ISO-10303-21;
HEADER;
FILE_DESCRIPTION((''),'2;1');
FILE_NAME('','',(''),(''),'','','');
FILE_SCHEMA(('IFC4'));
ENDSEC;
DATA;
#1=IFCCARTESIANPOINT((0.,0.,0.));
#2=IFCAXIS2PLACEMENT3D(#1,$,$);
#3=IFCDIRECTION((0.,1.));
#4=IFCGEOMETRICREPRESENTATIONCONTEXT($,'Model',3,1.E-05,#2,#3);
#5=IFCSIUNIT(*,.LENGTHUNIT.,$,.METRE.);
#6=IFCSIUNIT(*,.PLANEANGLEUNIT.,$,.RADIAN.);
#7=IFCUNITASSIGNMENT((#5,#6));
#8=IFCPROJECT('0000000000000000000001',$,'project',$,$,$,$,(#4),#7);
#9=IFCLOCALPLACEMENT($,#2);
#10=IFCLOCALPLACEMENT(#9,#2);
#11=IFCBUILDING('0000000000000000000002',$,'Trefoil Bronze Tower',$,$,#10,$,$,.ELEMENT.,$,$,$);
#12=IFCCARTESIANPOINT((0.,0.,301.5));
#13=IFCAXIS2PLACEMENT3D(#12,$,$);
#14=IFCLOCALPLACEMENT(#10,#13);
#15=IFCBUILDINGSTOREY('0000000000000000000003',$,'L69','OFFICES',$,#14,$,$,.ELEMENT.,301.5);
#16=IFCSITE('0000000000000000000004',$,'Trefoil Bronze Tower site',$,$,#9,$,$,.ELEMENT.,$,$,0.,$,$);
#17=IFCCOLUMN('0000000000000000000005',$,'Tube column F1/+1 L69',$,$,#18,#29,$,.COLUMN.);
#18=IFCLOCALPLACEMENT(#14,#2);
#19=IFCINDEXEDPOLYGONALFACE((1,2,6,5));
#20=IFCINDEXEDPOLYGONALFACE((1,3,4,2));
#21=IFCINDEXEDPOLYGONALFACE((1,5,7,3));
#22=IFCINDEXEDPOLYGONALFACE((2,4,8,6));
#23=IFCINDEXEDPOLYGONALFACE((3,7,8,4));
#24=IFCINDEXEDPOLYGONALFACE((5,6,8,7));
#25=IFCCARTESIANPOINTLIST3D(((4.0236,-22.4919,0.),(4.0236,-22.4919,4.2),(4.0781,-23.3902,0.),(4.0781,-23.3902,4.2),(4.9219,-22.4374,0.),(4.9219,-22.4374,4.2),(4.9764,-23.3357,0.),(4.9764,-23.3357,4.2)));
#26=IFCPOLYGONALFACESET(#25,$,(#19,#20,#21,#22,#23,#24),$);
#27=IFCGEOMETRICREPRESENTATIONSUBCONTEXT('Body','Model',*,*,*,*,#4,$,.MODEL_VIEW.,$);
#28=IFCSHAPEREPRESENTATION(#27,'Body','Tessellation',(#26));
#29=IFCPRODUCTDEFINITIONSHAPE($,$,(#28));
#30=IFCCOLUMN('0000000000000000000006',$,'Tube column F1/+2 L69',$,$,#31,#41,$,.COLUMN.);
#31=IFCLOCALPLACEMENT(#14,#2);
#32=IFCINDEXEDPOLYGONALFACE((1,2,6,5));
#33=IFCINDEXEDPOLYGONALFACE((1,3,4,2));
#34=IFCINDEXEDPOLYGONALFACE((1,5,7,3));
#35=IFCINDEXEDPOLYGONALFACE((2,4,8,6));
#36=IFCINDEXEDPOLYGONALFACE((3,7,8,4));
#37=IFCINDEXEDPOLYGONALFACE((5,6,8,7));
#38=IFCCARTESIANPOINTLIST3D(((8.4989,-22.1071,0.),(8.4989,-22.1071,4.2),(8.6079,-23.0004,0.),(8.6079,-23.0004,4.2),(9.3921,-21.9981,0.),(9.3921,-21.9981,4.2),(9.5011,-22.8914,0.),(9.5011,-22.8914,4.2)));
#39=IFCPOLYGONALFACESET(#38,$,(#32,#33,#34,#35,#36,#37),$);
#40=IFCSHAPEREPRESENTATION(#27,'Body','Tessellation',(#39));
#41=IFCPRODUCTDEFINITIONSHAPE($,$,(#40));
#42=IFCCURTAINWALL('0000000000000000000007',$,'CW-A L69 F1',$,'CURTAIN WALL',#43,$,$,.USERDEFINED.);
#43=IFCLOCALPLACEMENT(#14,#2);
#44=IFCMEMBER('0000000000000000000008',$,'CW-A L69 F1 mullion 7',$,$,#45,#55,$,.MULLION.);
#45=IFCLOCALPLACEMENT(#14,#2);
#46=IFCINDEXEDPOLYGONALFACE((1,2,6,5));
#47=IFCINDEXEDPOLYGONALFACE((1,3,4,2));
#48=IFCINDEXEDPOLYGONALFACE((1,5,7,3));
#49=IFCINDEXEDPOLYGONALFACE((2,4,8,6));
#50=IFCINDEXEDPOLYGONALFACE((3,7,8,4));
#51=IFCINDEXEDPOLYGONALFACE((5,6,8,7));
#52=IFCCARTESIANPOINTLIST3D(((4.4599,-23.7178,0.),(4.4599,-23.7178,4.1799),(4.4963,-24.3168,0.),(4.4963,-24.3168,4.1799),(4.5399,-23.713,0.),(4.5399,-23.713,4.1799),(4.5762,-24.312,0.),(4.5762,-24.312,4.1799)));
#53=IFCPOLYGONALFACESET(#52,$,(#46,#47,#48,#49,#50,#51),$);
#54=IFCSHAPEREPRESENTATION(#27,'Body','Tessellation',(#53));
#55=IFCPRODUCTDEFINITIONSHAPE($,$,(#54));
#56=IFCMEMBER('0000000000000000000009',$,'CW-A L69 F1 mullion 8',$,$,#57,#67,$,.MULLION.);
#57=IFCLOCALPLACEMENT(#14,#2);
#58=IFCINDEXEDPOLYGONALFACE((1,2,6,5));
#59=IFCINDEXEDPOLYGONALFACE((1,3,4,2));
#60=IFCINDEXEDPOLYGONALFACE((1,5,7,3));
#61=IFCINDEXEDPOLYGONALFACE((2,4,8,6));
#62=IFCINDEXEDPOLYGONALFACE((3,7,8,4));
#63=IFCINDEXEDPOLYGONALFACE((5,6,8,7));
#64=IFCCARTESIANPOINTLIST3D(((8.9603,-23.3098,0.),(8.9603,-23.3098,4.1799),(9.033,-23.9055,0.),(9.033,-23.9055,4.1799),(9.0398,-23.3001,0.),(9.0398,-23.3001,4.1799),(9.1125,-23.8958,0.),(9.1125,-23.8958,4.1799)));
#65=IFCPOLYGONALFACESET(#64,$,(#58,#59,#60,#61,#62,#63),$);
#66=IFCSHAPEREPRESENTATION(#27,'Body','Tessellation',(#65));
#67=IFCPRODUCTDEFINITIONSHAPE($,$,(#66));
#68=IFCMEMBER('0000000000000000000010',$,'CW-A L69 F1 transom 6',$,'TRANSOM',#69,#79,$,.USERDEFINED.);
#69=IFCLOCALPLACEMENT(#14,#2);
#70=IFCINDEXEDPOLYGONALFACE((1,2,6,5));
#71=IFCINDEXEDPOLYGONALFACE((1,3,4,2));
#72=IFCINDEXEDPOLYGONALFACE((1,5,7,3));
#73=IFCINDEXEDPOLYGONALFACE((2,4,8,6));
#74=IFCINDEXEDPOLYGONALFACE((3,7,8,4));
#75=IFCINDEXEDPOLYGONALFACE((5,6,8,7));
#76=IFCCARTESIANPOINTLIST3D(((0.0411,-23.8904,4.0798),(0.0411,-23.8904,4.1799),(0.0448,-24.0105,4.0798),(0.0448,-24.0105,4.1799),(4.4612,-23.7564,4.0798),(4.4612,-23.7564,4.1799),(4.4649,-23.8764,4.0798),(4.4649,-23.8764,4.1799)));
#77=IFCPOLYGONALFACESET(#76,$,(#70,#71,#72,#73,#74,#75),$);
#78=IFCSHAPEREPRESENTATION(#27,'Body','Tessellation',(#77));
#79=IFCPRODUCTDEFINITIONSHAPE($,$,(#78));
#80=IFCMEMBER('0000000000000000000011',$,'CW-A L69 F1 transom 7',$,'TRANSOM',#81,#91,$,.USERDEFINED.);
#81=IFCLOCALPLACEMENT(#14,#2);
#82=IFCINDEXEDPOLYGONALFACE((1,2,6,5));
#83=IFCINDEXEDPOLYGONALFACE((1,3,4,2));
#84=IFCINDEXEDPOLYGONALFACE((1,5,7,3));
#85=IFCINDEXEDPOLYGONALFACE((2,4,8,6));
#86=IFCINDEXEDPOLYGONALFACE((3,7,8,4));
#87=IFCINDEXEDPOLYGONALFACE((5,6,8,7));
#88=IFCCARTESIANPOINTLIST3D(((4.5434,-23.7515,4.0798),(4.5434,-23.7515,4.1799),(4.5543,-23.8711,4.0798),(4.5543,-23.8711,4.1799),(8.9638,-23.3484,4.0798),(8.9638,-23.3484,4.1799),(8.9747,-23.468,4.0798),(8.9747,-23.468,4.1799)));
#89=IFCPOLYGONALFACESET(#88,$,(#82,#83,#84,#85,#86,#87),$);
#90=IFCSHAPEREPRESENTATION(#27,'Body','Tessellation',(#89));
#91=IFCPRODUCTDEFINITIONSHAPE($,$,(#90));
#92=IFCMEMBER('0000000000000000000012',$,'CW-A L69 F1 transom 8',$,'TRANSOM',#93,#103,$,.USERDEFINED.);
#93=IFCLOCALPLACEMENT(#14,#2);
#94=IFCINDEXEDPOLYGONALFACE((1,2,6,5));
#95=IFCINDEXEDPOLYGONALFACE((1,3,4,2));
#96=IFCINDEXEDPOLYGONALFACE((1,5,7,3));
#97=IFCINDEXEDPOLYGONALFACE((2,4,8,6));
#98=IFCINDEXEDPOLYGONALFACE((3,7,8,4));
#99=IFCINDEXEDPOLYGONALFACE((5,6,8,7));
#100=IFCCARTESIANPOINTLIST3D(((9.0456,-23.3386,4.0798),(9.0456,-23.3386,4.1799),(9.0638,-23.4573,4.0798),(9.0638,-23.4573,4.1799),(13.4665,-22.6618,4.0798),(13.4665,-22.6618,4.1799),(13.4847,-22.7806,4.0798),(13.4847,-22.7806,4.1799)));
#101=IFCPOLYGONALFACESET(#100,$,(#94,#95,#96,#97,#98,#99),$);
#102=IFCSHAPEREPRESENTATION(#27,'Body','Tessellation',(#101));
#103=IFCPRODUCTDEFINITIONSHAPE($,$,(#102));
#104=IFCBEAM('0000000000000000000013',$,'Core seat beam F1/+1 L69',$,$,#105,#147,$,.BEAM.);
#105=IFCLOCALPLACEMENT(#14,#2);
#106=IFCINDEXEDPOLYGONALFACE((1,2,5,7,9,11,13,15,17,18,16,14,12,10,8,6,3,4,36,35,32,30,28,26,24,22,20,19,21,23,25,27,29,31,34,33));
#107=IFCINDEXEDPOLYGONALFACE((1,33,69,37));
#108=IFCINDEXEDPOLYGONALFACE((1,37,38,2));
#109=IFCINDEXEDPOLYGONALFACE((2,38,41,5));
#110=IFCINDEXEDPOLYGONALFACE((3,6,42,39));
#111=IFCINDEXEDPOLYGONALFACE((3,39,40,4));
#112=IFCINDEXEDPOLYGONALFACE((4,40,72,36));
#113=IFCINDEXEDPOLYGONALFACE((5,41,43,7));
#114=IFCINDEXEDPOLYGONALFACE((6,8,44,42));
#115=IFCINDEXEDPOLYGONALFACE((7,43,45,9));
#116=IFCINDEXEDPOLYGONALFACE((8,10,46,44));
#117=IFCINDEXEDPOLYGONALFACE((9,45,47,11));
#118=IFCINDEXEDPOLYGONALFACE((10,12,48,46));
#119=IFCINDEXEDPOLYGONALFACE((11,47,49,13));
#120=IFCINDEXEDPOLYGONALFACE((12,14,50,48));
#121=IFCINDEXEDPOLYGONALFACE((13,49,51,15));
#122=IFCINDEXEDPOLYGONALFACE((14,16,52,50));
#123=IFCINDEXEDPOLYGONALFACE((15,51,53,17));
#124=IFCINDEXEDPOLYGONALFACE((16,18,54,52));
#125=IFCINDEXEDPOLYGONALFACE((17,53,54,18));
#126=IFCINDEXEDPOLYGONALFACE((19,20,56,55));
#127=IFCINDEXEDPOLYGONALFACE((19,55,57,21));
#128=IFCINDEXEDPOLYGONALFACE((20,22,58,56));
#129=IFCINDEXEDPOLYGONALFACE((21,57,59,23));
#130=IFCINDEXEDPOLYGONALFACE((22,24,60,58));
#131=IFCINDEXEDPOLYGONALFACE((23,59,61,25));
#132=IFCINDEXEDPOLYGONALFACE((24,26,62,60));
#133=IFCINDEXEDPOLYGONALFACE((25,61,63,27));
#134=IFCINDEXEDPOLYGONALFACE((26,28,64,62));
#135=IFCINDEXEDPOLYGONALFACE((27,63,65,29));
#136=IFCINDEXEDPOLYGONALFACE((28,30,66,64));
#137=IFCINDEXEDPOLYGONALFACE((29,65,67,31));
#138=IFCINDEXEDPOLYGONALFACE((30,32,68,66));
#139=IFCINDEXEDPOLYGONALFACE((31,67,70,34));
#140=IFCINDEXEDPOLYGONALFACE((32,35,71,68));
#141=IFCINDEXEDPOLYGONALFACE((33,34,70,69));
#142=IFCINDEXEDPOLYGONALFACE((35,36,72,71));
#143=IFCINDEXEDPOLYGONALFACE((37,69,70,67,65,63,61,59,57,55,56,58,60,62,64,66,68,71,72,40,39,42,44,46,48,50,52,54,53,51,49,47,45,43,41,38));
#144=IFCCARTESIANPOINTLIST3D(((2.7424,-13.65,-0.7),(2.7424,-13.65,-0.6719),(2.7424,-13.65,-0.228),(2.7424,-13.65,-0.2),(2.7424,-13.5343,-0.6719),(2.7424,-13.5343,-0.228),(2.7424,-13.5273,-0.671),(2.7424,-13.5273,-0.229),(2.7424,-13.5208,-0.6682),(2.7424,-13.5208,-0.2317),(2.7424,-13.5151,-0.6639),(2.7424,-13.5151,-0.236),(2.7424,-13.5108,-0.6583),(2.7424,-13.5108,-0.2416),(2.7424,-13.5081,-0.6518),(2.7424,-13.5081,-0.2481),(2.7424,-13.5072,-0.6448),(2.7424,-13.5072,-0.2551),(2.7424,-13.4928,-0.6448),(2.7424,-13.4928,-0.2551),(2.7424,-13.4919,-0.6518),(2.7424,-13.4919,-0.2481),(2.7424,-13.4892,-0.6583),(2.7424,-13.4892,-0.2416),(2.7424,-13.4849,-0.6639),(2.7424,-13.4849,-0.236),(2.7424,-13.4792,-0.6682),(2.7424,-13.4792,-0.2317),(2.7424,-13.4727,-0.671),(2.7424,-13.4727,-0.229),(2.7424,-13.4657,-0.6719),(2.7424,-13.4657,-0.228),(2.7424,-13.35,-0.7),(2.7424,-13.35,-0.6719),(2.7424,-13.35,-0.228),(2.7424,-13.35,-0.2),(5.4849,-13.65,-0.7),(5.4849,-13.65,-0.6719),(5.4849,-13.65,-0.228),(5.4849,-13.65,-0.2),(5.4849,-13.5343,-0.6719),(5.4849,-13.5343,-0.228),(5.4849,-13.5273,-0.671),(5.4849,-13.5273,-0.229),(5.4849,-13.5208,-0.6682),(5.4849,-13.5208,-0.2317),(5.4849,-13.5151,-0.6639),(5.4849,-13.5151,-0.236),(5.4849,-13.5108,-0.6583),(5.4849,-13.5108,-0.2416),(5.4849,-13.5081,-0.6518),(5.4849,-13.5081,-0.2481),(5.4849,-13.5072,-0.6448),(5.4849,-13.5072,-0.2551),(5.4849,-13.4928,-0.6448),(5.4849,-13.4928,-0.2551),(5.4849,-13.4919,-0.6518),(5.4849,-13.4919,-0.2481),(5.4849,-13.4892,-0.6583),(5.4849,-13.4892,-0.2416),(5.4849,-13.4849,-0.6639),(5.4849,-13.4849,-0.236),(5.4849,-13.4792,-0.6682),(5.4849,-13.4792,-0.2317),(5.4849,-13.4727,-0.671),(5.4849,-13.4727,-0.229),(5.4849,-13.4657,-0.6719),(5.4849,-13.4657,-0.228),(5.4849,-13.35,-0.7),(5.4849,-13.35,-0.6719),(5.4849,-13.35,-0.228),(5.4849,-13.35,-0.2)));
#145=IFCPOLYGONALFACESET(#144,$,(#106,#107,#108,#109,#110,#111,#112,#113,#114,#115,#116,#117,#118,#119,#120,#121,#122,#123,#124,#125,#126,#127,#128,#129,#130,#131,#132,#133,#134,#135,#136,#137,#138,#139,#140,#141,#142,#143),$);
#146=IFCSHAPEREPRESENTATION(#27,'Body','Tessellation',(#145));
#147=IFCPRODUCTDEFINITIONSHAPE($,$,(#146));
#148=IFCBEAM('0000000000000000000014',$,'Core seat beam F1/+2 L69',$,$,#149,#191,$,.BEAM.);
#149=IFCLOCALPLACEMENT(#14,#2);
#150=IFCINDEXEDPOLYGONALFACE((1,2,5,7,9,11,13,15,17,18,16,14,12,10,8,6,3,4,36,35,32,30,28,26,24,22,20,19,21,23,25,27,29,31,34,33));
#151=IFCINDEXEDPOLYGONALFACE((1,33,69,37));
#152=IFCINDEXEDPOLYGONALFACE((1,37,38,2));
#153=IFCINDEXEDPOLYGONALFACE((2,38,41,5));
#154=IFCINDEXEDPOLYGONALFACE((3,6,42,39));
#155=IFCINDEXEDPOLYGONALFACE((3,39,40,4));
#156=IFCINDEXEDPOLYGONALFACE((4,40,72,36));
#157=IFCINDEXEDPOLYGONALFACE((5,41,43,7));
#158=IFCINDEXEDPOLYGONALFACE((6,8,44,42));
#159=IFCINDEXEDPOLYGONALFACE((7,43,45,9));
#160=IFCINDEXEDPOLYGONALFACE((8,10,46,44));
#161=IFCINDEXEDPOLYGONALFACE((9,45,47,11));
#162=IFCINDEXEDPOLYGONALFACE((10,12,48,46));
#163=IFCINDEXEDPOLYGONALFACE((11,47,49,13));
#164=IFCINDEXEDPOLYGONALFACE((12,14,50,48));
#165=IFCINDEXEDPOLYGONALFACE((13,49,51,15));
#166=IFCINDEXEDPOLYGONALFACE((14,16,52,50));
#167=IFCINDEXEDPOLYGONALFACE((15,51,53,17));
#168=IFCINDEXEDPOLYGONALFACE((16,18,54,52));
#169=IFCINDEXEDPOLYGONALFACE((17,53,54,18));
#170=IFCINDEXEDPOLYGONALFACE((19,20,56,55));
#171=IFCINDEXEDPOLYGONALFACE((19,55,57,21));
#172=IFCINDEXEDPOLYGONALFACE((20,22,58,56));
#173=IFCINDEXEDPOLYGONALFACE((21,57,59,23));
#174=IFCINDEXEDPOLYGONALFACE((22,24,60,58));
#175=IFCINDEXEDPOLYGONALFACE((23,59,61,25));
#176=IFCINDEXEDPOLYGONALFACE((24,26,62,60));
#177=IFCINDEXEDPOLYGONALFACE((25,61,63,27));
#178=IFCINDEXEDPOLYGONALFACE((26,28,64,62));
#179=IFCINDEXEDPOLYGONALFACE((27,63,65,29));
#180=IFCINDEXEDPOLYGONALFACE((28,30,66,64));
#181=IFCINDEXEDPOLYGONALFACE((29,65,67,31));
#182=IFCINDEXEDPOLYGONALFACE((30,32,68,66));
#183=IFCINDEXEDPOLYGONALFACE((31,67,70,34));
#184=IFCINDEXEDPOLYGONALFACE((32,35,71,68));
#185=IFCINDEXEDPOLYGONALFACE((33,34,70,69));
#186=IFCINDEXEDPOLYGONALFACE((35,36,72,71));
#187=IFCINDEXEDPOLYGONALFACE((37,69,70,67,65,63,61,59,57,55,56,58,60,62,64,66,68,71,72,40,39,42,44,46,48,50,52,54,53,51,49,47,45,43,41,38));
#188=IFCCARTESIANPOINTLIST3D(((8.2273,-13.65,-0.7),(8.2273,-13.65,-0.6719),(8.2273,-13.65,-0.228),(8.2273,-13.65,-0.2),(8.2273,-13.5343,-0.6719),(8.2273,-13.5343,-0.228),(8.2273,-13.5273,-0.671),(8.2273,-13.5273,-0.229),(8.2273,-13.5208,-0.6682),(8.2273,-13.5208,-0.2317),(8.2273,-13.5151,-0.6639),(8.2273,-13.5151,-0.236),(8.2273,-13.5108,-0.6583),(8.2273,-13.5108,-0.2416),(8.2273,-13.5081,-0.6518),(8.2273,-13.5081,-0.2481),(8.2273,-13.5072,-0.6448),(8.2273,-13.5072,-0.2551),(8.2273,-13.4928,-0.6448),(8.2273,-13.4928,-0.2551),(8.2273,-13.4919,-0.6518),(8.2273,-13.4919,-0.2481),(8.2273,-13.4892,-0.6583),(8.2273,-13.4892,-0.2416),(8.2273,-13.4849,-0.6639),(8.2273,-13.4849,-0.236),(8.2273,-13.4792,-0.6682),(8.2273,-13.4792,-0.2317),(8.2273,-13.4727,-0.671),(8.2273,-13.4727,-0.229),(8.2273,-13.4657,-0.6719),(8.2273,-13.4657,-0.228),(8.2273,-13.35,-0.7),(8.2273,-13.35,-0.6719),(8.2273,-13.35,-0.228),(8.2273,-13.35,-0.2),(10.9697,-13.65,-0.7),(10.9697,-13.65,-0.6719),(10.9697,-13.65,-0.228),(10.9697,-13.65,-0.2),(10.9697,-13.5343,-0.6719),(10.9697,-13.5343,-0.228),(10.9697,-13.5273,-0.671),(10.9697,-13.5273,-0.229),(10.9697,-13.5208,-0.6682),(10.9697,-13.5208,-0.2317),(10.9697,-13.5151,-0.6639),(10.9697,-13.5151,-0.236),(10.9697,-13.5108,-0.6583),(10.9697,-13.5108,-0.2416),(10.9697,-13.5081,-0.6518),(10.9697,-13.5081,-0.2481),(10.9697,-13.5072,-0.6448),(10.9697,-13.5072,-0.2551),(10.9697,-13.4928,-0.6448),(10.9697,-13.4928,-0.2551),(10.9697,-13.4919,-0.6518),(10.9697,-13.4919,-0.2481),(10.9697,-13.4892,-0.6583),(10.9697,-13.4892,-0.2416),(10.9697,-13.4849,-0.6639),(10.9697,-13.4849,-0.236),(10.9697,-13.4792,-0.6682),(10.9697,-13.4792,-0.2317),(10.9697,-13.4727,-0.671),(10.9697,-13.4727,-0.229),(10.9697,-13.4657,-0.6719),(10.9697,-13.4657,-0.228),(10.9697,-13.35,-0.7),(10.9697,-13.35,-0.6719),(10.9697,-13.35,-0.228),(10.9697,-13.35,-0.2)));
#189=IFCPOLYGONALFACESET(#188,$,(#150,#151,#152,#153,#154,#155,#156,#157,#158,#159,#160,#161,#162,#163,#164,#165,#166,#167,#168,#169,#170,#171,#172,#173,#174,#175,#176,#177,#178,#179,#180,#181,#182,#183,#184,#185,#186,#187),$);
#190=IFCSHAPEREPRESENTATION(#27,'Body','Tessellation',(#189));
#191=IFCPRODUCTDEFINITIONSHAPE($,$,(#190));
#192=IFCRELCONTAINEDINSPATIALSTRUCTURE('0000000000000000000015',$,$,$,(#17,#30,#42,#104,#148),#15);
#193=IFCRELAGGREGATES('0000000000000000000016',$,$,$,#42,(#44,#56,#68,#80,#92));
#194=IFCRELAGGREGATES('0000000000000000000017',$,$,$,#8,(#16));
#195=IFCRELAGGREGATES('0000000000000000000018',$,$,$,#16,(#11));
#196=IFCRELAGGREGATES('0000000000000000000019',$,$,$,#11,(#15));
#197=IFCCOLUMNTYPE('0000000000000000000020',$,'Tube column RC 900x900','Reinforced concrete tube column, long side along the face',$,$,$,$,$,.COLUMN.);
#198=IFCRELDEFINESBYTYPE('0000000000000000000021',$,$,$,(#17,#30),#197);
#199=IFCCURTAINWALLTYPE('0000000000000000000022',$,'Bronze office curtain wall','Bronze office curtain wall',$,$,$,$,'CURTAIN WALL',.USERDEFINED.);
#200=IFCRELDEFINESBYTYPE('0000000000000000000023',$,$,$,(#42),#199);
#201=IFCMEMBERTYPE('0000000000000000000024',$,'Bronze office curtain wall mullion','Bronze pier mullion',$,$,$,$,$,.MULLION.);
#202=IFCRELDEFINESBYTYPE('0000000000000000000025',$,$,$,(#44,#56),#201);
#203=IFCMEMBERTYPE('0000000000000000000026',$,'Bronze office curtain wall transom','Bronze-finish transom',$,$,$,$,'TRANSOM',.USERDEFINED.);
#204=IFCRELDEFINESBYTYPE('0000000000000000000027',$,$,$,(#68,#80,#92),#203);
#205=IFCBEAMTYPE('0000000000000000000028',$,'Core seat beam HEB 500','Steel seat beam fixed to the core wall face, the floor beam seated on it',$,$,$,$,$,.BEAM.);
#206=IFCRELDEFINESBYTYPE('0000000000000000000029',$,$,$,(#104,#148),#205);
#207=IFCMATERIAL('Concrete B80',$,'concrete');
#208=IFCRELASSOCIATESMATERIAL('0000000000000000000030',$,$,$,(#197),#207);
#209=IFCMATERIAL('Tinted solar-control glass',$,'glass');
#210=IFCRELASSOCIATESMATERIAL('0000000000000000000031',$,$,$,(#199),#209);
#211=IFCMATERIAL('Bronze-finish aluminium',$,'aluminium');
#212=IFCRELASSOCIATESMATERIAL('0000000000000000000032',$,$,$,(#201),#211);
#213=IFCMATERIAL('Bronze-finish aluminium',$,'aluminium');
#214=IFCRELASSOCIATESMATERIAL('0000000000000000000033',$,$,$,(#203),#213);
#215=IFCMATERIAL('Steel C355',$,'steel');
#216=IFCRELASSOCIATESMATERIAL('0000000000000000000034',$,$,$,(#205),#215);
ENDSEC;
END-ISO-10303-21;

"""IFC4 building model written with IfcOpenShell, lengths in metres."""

from ifc_helpers import new_model, si_unit, direction, frame, origin, origin_2d, place, context, subcontext, project, spatial, rectangle, i_section, extrude, material, material_profile, profile_set, type_object, element, aggregate, save


model = new_model("IFC4")

# Units and contexts
model_context = context("Model", 3, precision=1e-05, world=origin(), true_north=direction((0.0, 1.0)))
body_context = subcontext(model_context, "Body", "Model", "MODEL_VIEW")
ifc_project = project(units=[si_unit("LENGTHUNIT", "METRE"), si_unit("PLANEANGLEUNIT", "RADIAN")], contexts=[model_context])

# Site, building, storey
site_placement = place(None, origin())
site = spatial("IfcSite", under=ifc_project, at=site_placement, Name="Trefoil Bronze Tower site", CompositionType="ELEMENT", RefElevation=0.0)
building_placement = place(site_placement, origin())
building = spatial("IfcBuilding", under=site, at=building_placement, Name="Trefoil Bronze Tower", CompositionType="ELEMENT")
storey_placement = place(building_placement, frame((0.0, 0.0, 301.5)))
storey = spatial("IfcBuildingStorey", under=building, at=storey_placement, Name="L69", Description="OFFICES", CompositionType="ELEMENT", Elevation=301.5)

# Columns
ifc_material_1 = material(Name="Concrete B80", Category="concrete")
ifc_material_profile_1 = material_profile(ifc_material_1, rectangle(XDim=0.8999, YDim=0.8999, at=origin_2d()), Name="RC 900x900")
ifc_profile_set_1 = profile_set([ifc_material_profile_1], Name="Concrete B80")
column_type = type_object("IfcColumnType", Name="Tube column RC 900x900", Description="Reinforced concrete tube column, long side along the face", PredefinedType="COLUMN", material=ifc_profile_set_1)
for number, where, z_axis, x_axis, name in (
    (1, (4.5, -22.9138, 0.0), (0.0, 0.0, 1.0), (0.998165, 0.060554, 0.0), "Tube column F1/+1 L69"),
    (2, (9.0, -22.4993, 0.0), (0.0, 0.0, 1.0), (0.992639, 0.121109, 0.0), "Tube column F1/+2 L69"),
):
    element("IfcColumn", number, at=place(storey_placement, frame(where, z_axis=z_axis, x_axis=x_axis)), inside=storey, type_object=column_type, Name=name, PredefinedType="COLUMN", context=body_context, shape_type="SweptSolid", body=[
        extrude(rectangle(XDim=0.8999, YDim=0.8999, at=origin_2d()), origin(), (0.0, 0.0, 1.0), 4.2),
    ])

# Curtain wall, members
ifc_material_2 = material(Name="Tinted solar-control glass", Category="glass")
curtain_wall_type = type_object("IfcCurtainWallType", Name="Bronze office curtain wall", Description="Bronze office curtain wall", ElementType="CURTAIN WALL", PredefinedType="USERDEFINED", material=ifc_material_2)
curtain_wall_placement = place(storey_placement, origin())
curtain_wall = element("IfcCurtainWall", 3, at=curtain_wall_placement, inside=storey, type_object=curtain_wall_type, Name="CW-A L69 F1", ObjectType="CURTAIN WALL", PredefinedType="USERDEFINED")
ifc_material_3 = material(Name="Bronze-finish aluminium", Category="aluminium")
ifc_material_profile_2 = material_profile(ifc_material_3, rectangle(XDim=0.6001, YDim=0.0801, at=origin_2d()), Name="CW-A mullion")
ifc_profile_set_2 = profile_set([ifc_material_profile_2], Name="Bronze-finish aluminium")
member_type_1 = type_object("IfcMemberType", Name="Bronze office curtain wall mullion", Description="Bronze pier mullion", PredefinedType="MULLION", material=ifc_profile_set_2)
member_1_placement = place(storey_placement, frame((4.5181, -24.0149, 0.0), z_axis=(0.0, 0.0, 1.0), x_axis=(-0.060554, 0.998165, 0.0)))
member_1 = element("IfcMember", 4, at=member_1_placement, type_object=member_type_1, Name="CW-A L69 F1 mullion 7", PredefinedType="MULLION", context=body_context, shape_type="SweptSolid", body=[
    extrude(rectangle(XDim=0.6001, YDim=0.0801, at=origin_2d()), origin(), (0.0, 0.0, 1.0), 4.1799),
])
member_2_placement = place(storey_placement, frame((9.0364, -23.6028, 0.0), z_axis=(0.0, 0.0, 1.0), x_axis=(-0.121109, 0.992639, 0.0)))
member_2 = element("IfcMember", 5, at=member_2_placement, type_object=member_type_1, Name="CW-A L69 F1 mullion 8", PredefinedType="MULLION", context=body_context, shape_type="SweptSolid", body=[
    extrude(rectangle(XDim=0.6001, YDim=0.0801, at=origin_2d()), origin(), (0.0, 0.0, 1.0), 4.1799),
])
ifc_material_4 = material(Name="Bronze-finish aluminium", Category="aluminium")
ifc_material_profile_3 = material_profile(ifc_material_4, rectangle(XDim=0.1201, YDim=0.1001, at=origin_2d()), Name="CW-A transom")
ifc_profile_set_3 = profile_set([ifc_material_profile_3], Name="Bronze-finish aluminium")
member_type_2 = type_object("IfcMemberType", Name="Bronze office curtain wall transom", Description="Bronze-finish transom", ElementType="TRANSOM", PredefinedType="USERDEFINED", material=ifc_profile_set_3)
member_3_placement = place(storey_placement, frame((0.043, -23.9504, 4.1299), z_axis=(0.999541, 0.030309, 0.0), x_axis=(-0.030309, 0.999541, 0.0)))
member_3 = element("IfcMember", 6, at=member_3_placement, type_object=member_type_2, Name="CW-A L69 F1 transom 6", ObjectType="TRANSOM", PredefinedType="USERDEFINED", context=body_context, shape_type="SweptSolid", body=[
    extrude(rectangle(XDim=0.1201, YDim=0.1001, at=origin_2d()), origin(), (0.0, 0.0, 1.0), 4.4221),
])
member_4_placement = place(storey_placement, frame((4.5488, -23.8113, 4.1299), z_axis=(0.995868, 0.090808, 0.0), x_axis=(-0.090808, 0.995868, 0.0)))
member_4 = element("IfcMember", 7, at=member_4_placement, type_object=member_type_2, Name="CW-A L69 F1 transom 7", ObjectType="TRANSOM", PredefinedType="USERDEFINED", context=body_context, shape_type="SweptSolid", body=[
    extrude(rectangle(XDim=0.1201, YDim=0.1001, at=origin_2d()), origin(), (0.0, 0.0, 1.0), 4.4387),
])
member_5_placement = place(storey_placement, frame((9.0547, -23.3979, 4.1299), z_axis=(0.988485, 0.151319, 0.0), x_axis=(-0.151319, 0.988485, 0.0)))
member_5 = element("IfcMember", 8, at=member_5_placement, type_object=member_type_2, Name="CW-A L69 F1 transom 8", ObjectType="TRANSOM", PredefinedType="USERDEFINED", context=body_context, shape_type="SweptSolid", body=[
    extrude(rectangle(XDim=0.1201, YDim=0.1001, at=origin_2d()), origin(), (0.0, 0.0, 1.0), 4.4724),
])

# Beams
ifc_material_5 = material(Name="Steel C355", Category="steel")
ifc_material_profile_4 = material_profile(ifc_material_5, i_section(OverallWidth=0.3, OverallDepth=0.5, WebThickness=0.0144, FlangeThickness=0.0281, FilletRadius=0.0271, at=origin_2d()), Name="HEB 500")
ifc_profile_set_4 = profile_set([ifc_material_profile_4], Name="Steel C355")
beam_type_1 = type_object("IfcBeamType", Name="Core seat beam HEB 500", Description="Steel seat beam fixed to the core wall face, the floor beam seated on it", PredefinedType="BEAM", material=ifc_profile_set_4)
for number, where, z_axis, x_axis, name in (
    (9, (2.7424, -13.5, -0.45), (1.0, 0.0, 0.0), (0.0, 1.0, 0.0), "Core seat beam F1/+1 L69"),
    (10, (8.2273, -13.5, -0.45), (1.0, 0.0, 0.0), (0.0, 1.0, 0.0), "Core seat beam F1/+2 L69"),
):
    element("IfcBeam", number, at=place(storey_placement, frame(where, z_axis=z_axis, x_axis=x_axis)), inside=storey, type_object=beam_type_1, Name=name, PredefinedType="BEAM", context=body_context, shape_type="SweptSolid", body=[
        extrude(i_section(OverallWidth=0.3, OverallDepth=0.5, WebThickness=0.0144, FlangeThickness=0.0281, FilletRadius=0.0271, at=origin_2d()), origin(), (0.0, 0.0, 1.0), 2.7424),
    ])

aggregate(curtain_wall, [member_1, member_2, member_3, member_4, member_5])

save(model, "model.ifc")
